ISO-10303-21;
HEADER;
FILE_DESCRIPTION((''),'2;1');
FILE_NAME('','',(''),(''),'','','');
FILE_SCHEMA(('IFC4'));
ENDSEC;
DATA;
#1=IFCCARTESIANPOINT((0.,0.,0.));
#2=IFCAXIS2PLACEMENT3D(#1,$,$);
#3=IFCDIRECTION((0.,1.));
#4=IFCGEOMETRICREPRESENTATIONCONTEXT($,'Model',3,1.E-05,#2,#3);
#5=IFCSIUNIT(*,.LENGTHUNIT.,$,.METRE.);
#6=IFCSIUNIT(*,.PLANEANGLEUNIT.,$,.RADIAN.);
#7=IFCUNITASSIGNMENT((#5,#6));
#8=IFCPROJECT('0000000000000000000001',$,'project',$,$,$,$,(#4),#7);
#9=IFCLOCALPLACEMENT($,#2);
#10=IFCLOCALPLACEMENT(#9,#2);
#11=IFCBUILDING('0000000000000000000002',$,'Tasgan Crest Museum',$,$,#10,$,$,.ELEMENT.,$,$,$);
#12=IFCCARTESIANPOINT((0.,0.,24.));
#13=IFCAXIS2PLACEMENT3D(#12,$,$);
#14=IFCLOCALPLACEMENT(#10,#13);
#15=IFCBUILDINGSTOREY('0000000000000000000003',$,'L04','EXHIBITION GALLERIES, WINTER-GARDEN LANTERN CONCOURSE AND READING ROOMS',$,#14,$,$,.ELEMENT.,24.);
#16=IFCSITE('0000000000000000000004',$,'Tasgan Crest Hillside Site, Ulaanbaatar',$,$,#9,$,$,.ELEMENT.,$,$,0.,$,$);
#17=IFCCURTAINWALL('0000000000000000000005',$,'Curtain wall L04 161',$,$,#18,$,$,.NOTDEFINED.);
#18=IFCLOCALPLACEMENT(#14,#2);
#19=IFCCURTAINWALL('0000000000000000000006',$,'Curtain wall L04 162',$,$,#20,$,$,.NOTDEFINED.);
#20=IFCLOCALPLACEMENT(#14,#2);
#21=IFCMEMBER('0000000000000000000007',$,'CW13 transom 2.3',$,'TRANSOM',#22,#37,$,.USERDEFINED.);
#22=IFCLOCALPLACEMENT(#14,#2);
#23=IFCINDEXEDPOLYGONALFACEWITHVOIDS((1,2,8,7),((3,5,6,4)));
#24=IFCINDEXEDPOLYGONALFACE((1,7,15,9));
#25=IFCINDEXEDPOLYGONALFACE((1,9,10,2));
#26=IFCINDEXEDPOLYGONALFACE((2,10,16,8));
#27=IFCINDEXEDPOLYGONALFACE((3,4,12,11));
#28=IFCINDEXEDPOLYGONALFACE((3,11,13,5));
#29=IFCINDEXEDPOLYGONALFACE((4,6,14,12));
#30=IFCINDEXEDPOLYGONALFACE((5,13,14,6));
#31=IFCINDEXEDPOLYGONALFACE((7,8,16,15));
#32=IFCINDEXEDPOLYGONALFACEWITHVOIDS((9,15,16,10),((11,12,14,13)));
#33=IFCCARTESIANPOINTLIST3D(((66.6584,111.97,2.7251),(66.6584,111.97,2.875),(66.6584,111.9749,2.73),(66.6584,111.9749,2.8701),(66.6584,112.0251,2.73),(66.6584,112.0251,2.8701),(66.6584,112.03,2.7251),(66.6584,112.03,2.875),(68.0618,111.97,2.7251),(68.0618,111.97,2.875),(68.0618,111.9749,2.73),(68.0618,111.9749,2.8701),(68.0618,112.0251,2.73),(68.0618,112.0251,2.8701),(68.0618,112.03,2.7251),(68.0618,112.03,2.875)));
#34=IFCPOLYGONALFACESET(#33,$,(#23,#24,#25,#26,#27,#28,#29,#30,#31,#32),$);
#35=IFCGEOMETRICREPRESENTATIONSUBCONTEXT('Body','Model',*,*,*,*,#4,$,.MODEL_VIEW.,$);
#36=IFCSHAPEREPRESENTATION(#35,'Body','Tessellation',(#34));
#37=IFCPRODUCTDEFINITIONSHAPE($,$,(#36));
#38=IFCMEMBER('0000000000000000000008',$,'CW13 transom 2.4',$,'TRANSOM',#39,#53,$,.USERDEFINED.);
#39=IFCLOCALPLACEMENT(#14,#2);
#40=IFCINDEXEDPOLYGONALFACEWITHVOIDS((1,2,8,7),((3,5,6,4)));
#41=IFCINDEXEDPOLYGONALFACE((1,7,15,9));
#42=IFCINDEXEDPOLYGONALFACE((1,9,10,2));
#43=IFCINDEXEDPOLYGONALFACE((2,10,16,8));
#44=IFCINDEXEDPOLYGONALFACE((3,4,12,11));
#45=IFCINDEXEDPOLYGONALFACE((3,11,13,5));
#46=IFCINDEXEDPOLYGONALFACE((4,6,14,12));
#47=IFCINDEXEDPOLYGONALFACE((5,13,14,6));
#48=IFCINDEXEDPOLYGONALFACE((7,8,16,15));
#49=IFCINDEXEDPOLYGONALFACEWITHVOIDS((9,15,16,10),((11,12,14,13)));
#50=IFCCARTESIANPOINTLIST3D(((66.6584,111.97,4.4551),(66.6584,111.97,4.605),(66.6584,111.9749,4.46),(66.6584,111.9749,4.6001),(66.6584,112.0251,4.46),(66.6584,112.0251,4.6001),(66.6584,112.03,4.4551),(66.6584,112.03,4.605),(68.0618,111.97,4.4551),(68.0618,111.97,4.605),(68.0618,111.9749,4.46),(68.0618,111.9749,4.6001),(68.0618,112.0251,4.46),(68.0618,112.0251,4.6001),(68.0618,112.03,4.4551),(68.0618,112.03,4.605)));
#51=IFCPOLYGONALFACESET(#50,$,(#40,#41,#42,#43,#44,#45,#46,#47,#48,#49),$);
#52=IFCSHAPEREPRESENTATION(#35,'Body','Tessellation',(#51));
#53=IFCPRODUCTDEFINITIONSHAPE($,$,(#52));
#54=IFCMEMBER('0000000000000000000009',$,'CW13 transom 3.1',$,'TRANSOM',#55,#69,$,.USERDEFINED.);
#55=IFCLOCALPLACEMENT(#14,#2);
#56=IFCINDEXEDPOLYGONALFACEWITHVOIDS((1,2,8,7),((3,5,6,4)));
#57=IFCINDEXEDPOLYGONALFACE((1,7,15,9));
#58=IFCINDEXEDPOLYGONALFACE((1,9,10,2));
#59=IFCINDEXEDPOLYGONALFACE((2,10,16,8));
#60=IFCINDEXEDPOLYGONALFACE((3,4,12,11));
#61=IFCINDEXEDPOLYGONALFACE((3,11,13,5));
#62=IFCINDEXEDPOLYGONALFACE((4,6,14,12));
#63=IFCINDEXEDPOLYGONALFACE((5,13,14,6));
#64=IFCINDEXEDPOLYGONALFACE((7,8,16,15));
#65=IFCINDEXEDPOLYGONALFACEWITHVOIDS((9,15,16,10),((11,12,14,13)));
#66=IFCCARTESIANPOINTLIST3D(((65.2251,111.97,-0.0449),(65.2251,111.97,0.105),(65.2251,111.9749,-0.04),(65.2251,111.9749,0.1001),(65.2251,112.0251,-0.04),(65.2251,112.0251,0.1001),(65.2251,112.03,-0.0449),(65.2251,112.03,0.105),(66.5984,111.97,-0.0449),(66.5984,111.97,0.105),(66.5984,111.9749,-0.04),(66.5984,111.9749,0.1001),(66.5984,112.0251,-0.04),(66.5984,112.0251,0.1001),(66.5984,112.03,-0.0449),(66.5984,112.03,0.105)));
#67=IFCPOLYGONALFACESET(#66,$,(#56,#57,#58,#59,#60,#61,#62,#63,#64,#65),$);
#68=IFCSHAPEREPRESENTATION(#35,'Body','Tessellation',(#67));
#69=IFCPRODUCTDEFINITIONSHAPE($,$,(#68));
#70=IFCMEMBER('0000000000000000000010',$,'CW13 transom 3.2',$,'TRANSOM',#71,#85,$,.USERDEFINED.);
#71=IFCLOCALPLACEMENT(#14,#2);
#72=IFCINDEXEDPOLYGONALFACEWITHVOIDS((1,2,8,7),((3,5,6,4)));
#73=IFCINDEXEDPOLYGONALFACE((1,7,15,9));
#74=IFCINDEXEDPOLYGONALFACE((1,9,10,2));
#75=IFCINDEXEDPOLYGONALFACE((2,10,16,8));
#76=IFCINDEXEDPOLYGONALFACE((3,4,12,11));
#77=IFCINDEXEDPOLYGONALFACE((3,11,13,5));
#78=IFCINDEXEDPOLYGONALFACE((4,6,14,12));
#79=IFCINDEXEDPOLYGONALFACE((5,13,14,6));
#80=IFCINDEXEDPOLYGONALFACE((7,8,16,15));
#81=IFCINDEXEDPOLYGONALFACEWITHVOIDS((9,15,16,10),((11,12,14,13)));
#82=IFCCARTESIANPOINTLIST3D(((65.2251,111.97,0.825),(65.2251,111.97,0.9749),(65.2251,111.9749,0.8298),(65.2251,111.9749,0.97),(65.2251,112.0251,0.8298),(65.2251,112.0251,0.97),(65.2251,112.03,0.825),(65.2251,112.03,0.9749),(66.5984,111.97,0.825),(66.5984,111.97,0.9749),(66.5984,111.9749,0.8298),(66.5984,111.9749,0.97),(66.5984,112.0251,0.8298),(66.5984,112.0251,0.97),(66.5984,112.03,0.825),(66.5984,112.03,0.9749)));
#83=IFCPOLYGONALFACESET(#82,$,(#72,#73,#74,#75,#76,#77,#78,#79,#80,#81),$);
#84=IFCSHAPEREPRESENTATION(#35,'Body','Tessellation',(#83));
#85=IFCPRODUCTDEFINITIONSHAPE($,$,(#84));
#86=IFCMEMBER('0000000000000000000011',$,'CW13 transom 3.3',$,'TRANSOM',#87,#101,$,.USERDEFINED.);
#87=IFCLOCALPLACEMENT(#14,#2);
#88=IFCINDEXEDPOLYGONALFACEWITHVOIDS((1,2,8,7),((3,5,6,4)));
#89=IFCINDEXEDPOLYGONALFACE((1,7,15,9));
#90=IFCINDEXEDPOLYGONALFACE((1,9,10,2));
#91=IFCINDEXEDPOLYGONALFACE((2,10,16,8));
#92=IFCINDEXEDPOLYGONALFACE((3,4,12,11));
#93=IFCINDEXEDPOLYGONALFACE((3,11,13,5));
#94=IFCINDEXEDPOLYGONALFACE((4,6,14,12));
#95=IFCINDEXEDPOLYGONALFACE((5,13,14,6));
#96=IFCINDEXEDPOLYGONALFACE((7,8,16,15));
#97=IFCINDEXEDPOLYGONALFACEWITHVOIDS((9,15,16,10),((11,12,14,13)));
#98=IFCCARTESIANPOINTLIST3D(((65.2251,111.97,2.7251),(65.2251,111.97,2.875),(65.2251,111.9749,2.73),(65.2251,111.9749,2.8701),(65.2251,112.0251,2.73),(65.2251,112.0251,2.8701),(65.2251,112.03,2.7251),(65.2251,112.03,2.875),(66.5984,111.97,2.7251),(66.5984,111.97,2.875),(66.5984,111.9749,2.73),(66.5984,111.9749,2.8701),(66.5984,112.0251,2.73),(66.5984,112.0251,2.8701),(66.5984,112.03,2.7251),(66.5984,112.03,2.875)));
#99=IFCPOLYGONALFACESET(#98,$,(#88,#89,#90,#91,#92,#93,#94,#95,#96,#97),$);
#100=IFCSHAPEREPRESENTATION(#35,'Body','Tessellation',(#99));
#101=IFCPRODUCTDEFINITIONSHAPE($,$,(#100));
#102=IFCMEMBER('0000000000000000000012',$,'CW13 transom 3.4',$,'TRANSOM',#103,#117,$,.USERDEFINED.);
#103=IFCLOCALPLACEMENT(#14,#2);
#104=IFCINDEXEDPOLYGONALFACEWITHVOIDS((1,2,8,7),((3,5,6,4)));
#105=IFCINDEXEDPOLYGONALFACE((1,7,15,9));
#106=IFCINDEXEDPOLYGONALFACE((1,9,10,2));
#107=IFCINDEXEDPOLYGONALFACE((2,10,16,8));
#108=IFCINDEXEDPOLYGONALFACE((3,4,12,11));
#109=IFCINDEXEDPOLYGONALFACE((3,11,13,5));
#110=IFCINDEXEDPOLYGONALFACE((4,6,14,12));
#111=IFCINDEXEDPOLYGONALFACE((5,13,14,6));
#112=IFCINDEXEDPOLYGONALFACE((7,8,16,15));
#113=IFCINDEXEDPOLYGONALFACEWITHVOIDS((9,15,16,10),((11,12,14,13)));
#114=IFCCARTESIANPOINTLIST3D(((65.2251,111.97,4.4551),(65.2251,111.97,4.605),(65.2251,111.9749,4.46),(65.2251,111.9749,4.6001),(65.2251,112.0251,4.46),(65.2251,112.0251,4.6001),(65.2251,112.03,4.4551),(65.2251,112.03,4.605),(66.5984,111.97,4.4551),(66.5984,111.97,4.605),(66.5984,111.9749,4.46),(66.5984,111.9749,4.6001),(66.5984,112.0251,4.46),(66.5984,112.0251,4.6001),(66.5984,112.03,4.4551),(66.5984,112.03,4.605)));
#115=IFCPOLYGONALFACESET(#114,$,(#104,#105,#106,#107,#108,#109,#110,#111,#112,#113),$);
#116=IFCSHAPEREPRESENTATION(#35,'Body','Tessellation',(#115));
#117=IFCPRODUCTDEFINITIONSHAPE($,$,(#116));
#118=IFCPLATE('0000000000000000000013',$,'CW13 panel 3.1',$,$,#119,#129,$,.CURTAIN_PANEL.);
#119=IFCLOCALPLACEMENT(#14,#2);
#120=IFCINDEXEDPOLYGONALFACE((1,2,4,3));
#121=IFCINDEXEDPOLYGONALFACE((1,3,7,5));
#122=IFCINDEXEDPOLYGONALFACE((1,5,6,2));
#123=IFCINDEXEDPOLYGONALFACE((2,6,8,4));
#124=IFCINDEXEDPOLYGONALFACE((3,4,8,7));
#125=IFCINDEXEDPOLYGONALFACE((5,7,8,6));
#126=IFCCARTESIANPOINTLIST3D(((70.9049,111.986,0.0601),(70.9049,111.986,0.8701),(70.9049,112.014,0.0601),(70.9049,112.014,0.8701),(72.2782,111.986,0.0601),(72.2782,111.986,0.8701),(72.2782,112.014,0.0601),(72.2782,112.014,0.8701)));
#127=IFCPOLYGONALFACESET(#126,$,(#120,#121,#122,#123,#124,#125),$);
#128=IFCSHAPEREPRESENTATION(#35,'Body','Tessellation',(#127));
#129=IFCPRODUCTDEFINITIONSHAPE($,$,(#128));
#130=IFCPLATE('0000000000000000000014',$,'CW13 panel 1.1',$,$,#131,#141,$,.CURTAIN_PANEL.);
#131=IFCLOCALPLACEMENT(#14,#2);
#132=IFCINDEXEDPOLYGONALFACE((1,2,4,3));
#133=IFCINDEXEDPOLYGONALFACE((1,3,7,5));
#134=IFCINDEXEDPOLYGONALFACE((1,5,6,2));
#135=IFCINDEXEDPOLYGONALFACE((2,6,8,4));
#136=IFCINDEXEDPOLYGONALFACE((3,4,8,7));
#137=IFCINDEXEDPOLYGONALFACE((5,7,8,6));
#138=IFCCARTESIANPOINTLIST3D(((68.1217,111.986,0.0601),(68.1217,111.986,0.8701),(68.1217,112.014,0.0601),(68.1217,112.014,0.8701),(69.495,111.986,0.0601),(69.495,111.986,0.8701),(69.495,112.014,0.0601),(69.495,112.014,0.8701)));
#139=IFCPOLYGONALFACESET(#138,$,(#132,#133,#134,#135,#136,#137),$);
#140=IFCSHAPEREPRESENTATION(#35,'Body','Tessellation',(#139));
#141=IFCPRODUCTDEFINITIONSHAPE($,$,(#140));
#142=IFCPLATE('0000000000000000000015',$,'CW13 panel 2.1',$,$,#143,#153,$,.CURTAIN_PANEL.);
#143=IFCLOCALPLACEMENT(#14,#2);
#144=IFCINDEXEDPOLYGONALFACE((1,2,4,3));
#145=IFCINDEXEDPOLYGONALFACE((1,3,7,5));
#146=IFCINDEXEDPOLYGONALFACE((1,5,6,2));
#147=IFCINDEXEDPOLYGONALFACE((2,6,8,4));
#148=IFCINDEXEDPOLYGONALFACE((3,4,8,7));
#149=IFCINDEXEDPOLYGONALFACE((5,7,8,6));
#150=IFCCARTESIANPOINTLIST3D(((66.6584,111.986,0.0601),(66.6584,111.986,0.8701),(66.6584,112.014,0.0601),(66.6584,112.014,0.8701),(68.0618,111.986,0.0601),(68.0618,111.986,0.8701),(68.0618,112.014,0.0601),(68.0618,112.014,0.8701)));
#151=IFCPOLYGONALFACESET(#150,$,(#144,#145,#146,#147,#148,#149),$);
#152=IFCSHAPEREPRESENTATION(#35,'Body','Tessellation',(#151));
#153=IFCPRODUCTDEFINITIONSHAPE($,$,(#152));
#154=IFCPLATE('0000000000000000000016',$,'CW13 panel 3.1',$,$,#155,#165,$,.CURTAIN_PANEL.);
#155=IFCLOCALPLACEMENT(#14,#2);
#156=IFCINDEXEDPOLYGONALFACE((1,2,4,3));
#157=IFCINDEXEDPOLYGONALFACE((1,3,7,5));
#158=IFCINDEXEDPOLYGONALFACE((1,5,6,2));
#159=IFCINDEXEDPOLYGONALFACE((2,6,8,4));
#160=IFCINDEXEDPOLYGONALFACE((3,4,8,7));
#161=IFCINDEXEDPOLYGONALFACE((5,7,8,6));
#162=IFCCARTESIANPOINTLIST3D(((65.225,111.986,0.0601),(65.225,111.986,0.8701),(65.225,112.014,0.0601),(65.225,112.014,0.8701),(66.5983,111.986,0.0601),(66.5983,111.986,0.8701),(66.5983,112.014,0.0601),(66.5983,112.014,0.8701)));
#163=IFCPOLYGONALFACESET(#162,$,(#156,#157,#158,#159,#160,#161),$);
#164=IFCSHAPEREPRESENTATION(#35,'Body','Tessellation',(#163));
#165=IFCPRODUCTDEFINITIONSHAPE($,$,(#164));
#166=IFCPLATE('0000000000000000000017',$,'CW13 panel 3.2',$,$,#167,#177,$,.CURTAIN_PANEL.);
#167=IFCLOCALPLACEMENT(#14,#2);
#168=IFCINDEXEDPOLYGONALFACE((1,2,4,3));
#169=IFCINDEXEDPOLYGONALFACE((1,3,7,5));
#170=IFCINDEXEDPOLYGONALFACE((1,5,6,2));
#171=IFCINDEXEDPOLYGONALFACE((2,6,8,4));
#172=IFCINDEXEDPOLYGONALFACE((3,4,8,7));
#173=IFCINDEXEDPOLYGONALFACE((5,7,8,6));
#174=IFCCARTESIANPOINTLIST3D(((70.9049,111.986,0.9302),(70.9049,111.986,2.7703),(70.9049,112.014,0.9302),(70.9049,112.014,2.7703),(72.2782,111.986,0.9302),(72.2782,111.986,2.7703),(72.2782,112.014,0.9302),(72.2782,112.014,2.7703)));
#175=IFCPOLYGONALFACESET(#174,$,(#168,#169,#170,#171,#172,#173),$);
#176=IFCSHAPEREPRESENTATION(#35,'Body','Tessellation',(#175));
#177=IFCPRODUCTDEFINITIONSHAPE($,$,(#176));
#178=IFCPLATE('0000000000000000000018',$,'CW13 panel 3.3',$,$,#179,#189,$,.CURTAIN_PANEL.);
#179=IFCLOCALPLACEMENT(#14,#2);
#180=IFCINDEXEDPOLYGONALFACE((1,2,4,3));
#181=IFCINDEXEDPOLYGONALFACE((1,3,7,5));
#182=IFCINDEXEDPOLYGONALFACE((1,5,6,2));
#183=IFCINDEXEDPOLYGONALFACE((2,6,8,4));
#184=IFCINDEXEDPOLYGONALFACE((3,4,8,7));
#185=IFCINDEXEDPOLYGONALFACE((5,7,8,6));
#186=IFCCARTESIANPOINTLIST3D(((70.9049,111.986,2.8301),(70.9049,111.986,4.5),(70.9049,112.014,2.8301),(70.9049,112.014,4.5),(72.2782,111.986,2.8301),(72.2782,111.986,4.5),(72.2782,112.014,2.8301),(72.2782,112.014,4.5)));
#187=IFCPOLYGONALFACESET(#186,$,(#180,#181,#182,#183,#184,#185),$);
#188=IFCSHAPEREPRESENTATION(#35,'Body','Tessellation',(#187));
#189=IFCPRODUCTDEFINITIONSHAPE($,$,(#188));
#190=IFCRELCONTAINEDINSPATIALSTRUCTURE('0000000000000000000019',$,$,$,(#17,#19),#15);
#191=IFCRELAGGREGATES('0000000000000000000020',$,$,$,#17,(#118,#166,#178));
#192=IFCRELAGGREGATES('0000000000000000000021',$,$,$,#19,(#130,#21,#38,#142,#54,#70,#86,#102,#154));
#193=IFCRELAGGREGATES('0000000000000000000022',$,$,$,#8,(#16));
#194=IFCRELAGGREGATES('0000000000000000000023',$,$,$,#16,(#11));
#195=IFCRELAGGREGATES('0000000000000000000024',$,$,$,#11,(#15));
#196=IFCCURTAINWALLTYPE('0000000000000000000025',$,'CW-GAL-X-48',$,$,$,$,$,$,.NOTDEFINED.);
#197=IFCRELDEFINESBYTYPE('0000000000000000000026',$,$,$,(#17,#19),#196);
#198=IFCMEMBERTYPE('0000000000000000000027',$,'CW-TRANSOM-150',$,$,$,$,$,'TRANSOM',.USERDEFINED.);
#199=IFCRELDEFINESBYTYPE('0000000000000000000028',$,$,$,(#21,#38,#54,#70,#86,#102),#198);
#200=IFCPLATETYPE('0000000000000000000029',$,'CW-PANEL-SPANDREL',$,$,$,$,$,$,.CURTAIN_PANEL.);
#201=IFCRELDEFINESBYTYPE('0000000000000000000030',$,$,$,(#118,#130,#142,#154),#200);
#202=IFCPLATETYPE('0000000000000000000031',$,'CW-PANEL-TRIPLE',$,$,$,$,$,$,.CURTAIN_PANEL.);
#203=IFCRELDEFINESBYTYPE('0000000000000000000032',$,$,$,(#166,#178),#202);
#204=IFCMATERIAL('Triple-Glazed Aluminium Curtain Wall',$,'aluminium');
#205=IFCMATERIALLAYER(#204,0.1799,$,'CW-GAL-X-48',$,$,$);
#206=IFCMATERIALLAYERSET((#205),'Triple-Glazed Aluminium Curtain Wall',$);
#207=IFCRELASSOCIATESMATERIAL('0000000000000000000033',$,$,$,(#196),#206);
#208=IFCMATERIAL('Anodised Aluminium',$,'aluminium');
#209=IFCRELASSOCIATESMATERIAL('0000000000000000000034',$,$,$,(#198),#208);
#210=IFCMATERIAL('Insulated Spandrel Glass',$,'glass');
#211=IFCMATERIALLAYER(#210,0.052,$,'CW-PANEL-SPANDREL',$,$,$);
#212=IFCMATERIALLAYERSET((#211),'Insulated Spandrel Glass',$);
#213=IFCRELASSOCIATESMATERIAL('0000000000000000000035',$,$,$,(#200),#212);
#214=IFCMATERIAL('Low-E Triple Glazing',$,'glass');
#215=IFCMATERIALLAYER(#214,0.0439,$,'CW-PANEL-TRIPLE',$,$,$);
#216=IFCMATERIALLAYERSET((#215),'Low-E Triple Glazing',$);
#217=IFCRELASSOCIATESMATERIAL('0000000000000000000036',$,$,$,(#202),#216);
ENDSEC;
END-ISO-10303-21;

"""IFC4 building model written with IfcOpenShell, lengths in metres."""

from ifc_helpers import new_model, si_unit, direction, frame, origin, origin_2d, place, context, subcontext, project, spatial, rectangle, hollow_rectangle, extrude, material, layer, layer_set, material_profile, profile_set, type_object, element, aggregate, save


model = new_model("IFC4")

# Units and contexts
model_context = context("Model", 3, precision=1e-05, world=origin(), true_north=direction((0.0, 1.0)))
body_context = subcontext(model_context, "Body", "Model", "MODEL_VIEW")
ifc_project = project(units=[si_unit("LENGTHUNIT", "METRE"), si_unit("PLANEANGLEUNIT", "RADIAN")], contexts=[model_context])

# Site, building, storey
site_placement = place(None, origin())
site = spatial("IfcSite", under=ifc_project, at=site_placement, Name="Tasgan Crest Hillside Site, Ulaanbaatar", CompositionType="ELEMENT", RefElevation=0.0)
building_placement = place(site_placement, origin())
building = spatial("IfcBuilding", under=site, at=building_placement, Name="Tasgan Crest Museum", CompositionType="ELEMENT")
storey_placement = place(building_placement, frame((0.0, 0.0, 24.0)))
storey = spatial("IfcBuildingStorey", under=building, at=storey_placement, Name="L04", Description="EXHIBITION GALLERIES, WINTER-GARDEN LANTERN CONCOURSE AND READING ROOMS", CompositionType="ELEMENT", Elevation=24.0)

# Curtain wall
ifc_material_1 = material(Name="Triple-Glazed Aluminium Curtain Wall", Category="aluminium")
ifc_layer_1 = layer(ifc_material_1, 0.1799, Name="CW-GAL-X-48")
ifc_layer_set_1 = layer_set([ifc_layer_1], Name="Triple-Glazed Aluminium Curtain Wall")
curtain_wall_type = type_object("IfcCurtainWallType", Name="CW-GAL-X-48", PredefinedType="NOTDEFINED", material=ifc_layer_set_1)
curtain_wall_1_placement = place(storey_placement, origin())
curtain_wall_1 = element("IfcCurtainWall", 1, at=curtain_wall_1_placement, inside=storey, type_object=curtain_wall_type, Name="Curtain wall L04 161", PredefinedType="NOTDEFINED")

# Curtain wall, members
curtain_wall_2_placement = place(storey_placement, origin())
curtain_wall_2 = element("IfcCurtainWall", 2, at=curtain_wall_2_placement, inside=storey, type_object=curtain_wall_type, Name="Curtain wall L04 162", PredefinedType="NOTDEFINED")
ifc_material_2 = material(Name="Anodised Aluminium", Category="aluminium")
ifc_material_profile_1 = material_profile(ifc_material_2, hollow_rectangle(XDim=0.0601, YDim=0.1499, WallThickness=0.0049, at=origin_2d()), Name="ALU TRANSOM 150x60x5")
ifc_profile_set_1 = profile_set([ifc_material_profile_1], Name="Anodised Aluminium")
member_type_1 = type_object("IfcMemberType", Name="CW-TRANSOM-150", ElementType="TRANSOM", PredefinedType="USERDEFINED", material=ifc_profile_set_1)
member_1_placement = place(storey_placement, frame((68.0618, 112.0, 2.8), z_axis=(-1.0, 0.0, 0.0), x_axis=(0.0, -1.0, 0.0)))
member_1 = element("IfcMember", 3, at=member_1_placement, type_object=member_type_1, Name="CW13 transom 2.3", ObjectType="TRANSOM", PredefinedType="USERDEFINED", context=body_context, shape_type="SweptSolid", body=[
    extrude(hollow_rectangle(XDim=0.0601, YDim=0.1499, WallThickness=0.0049, at=origin_2d()), origin(), (0.0, 0.0, 1.0), 1.4033),
])
member_2_placement = place(storey_placement, frame((68.0618, 112.0, 4.53), z_axis=(-1.0, 0.0, 0.0), x_axis=(0.0, -1.0, 0.0)))
member_2 = element("IfcMember", 4, at=member_2_placement, type_object=member_type_1, Name="CW13 transom 2.4", ObjectType="TRANSOM", PredefinedType="USERDEFINED", context=body_context, shape_type="SweptSolid", body=[
    extrude(hollow_rectangle(XDim=0.0601, YDim=0.1499, WallThickness=0.0049, at=origin_2d()), origin(), (0.0, 0.0, 1.0), 1.4033),
])
member_3_placement = place(storey_placement, frame((66.5984, 112.0, 0.03), z_axis=(-1.0, 0.0, 0.0), x_axis=(0.0, -1.0, 0.0)))
member_3 = element("IfcMember", 5, at=member_3_placement, type_object=member_type_1, Name="CW13 transom 3.1", ObjectType="TRANSOM", PredefinedType="USERDEFINED", context=body_context, shape_type="SweptSolid", body=[
    extrude(hollow_rectangle(XDim=0.0601, YDim=0.1499, WallThickness=0.0049, at=origin_2d()), origin(), (0.0, 0.0, 1.0), 1.3733),
])
member_4_placement = place(storey_placement, frame((66.5984, 112.0, 0.8999), z_axis=(-1.0, 0.0, 0.0), x_axis=(0.0, -1.0, 0.0)))
member_4 = element("IfcMember", 6, at=member_4_placement, type_object=member_type_1, Name="CW13 transom 3.2", ObjectType="TRANSOM", PredefinedType="USERDEFINED", context=body_context, shape_type="SweptSolid", body=[
    extrude(hollow_rectangle(XDim=0.0601, YDim=0.1499, WallThickness=0.0049, at=origin_2d()), origin(), (0.0, 0.0, 1.0), 1.3733),
])
member_5_placement = place(storey_placement, frame((66.5984, 112.0, 2.8), z_axis=(-1.0, 0.0, 0.0), x_axis=(0.0, -1.0, 0.0)))
member_5 = element("IfcMember", 7, at=member_5_placement, type_object=member_type_1, Name="CW13 transom 3.3", ObjectType="TRANSOM", PredefinedType="USERDEFINED", context=body_context, shape_type="SweptSolid", body=[
    extrude(hollow_rectangle(XDim=0.0601, YDim=0.1499, WallThickness=0.0049, at=origin_2d()), origin(), (0.0, 0.0, 1.0), 1.3733),
])
member_6_placement = place(storey_placement, frame((66.5984, 112.0, 4.53), z_axis=(-1.0, 0.0, 0.0), x_axis=(0.0, -1.0, 0.0)))
member_6 = element("IfcMember", 8, at=member_6_placement, type_object=member_type_1, Name="CW13 transom 3.4", ObjectType="TRANSOM", PredefinedType="USERDEFINED", context=body_context, shape_type="SweptSolid", body=[
    extrude(hollow_rectangle(XDim=0.0601, YDim=0.1499, WallThickness=0.0049, at=origin_2d()), origin(), (0.0, 0.0, 1.0), 1.3733),
])

# Plates
ifc_material_3 = material(Name="Insulated Spandrel Glass", Category="glass")
ifc_layer_2 = layer(ifc_material_3, 0.052, Name="CW-PANEL-SPANDREL")
ifc_layer_set_2 = layer_set([ifc_layer_2], Name="Insulated Spandrel Glass")
plate_type_1 = type_object("IfcPlateType", Name="CW-PANEL-SPANDREL", PredefinedType="CURTAIN_PANEL", material=ifc_layer_set_2)
plate_1_placement = place(storey_placement, frame((71.5916, 112.0, 0.0601), z_axis=(0.0, 0.0, 1.0), x_axis=(-1.0, 0.0, 0.0)))
plate_1 = element("IfcPlate", 9, at=plate_1_placement, type_object=plate_type_1, Name="CW13 panel 3.1", PredefinedType="CURTAIN_PANEL", context=body_context, shape_type="SweptSolid", body=[
    extrude(rectangle(XDim=1.3733, YDim=0.0281, at=origin_2d()), origin(), (0.0, 0.0, 1.0), 0.8101),
])
plate_2_placement = place(storey_placement, frame((68.8083, 112.0, 0.0601), z_axis=(0.0, 0.0, 1.0), x_axis=(-1.0, 0.0, 0.0)))
plate_2 = element("IfcPlate", 10, at=plate_2_placement, type_object=plate_type_1, Name="CW13 panel 1.1", PredefinedType="CURTAIN_PANEL", context=body_context, shape_type="SweptSolid", body=[
    extrude(rectangle(XDim=1.3733, YDim=0.0281, at=origin_2d()), origin(), (0.0, 0.0, 1.0), 0.8101),
])
plate_3_placement = place(storey_placement, frame((67.3601, 112.0, 0.0601), z_axis=(0.0, 0.0, 1.0), x_axis=(-1.0, 0.0, 0.0)))
plate_3 = element("IfcPlate", 11, at=plate_3_placement, type_object=plate_type_1, Name="CW13 panel 2.1", PredefinedType="CURTAIN_PANEL", context=body_context, shape_type="SweptSolid", body=[
    extrude(rectangle(XDim=1.4033, YDim=0.0281, at=origin_2d()), origin(), (0.0, 0.0, 1.0), 0.8101),
])
plate_4_placement = place(storey_placement, frame((65.9116, 112.0, 0.0601), z_axis=(0.0, 0.0, 1.0), x_axis=(-1.0, 0.0, 0.0)))
plate_4 = element("IfcPlate", 12, at=plate_4_placement, type_object=plate_type_1, Name="CW13 panel 3.1", PredefinedType="CURTAIN_PANEL", context=body_context, shape_type="SweptSolid", body=[
    extrude(rectangle(XDim=1.3733, YDim=0.0281, at=origin_2d()), origin(), (0.0, 0.0, 1.0), 0.8101),
])
ifc_material_4 = material(Name="Low-E Triple Glazing", Category="glass")
ifc_layer_3 = layer(ifc_material_4, 0.0439, Name="CW-PANEL-TRIPLE")
ifc_layer_set_3 = layer_set([ifc_layer_3], Name="Low-E Triple Glazing")
plate_type_2 = type_object("IfcPlateType", Name="CW-PANEL-TRIPLE", PredefinedType="CURTAIN_PANEL", material=ifc_layer_set_3)
plate_5_placement = place(storey_placement, frame((71.5916, 112.0, 0.9302), z_axis=(0.0, 0.0, 1.0), x_axis=(-1.0, 0.0, 0.0)))
plate_5 = element("IfcPlate", 13, at=plate_5_placement, type_object=plate_type_2, Name="CW13 panel 3.2", PredefinedType="CURTAIN_PANEL", context=body_context, shape_type="SweptSolid", body=[
    extrude(rectangle(XDim=1.3733, YDim=0.0281, at=origin_2d()), origin(), (0.0, 0.0, 1.0), 1.8401),
])
plate_6_placement = place(storey_placement, frame((71.5916, 112.0, 2.8301), z_axis=(0.0, 0.0, 1.0), x_axis=(-1.0, 0.0, 0.0)))
plate_6 = element("IfcPlate", 14, at=plate_6_placement, type_object=plate_type_2, Name="CW13 panel 3.3", PredefinedType="CURTAIN_PANEL", context=body_context, shape_type="SweptSolid", body=[
    extrude(rectangle(XDim=1.3733, YDim=0.0281, at=origin_2d()), origin(), (0.0, 0.0, 1.0), 1.6699),
])
aggregate(curtain_wall_1, [plate_1, plate_5, plate_6])
aggregate(curtain_wall_2, [plate_2, member_1, member_2, plate_3, member_3, member_4, member_5, member_6, plate_4])

save(model, "model.ifc")
